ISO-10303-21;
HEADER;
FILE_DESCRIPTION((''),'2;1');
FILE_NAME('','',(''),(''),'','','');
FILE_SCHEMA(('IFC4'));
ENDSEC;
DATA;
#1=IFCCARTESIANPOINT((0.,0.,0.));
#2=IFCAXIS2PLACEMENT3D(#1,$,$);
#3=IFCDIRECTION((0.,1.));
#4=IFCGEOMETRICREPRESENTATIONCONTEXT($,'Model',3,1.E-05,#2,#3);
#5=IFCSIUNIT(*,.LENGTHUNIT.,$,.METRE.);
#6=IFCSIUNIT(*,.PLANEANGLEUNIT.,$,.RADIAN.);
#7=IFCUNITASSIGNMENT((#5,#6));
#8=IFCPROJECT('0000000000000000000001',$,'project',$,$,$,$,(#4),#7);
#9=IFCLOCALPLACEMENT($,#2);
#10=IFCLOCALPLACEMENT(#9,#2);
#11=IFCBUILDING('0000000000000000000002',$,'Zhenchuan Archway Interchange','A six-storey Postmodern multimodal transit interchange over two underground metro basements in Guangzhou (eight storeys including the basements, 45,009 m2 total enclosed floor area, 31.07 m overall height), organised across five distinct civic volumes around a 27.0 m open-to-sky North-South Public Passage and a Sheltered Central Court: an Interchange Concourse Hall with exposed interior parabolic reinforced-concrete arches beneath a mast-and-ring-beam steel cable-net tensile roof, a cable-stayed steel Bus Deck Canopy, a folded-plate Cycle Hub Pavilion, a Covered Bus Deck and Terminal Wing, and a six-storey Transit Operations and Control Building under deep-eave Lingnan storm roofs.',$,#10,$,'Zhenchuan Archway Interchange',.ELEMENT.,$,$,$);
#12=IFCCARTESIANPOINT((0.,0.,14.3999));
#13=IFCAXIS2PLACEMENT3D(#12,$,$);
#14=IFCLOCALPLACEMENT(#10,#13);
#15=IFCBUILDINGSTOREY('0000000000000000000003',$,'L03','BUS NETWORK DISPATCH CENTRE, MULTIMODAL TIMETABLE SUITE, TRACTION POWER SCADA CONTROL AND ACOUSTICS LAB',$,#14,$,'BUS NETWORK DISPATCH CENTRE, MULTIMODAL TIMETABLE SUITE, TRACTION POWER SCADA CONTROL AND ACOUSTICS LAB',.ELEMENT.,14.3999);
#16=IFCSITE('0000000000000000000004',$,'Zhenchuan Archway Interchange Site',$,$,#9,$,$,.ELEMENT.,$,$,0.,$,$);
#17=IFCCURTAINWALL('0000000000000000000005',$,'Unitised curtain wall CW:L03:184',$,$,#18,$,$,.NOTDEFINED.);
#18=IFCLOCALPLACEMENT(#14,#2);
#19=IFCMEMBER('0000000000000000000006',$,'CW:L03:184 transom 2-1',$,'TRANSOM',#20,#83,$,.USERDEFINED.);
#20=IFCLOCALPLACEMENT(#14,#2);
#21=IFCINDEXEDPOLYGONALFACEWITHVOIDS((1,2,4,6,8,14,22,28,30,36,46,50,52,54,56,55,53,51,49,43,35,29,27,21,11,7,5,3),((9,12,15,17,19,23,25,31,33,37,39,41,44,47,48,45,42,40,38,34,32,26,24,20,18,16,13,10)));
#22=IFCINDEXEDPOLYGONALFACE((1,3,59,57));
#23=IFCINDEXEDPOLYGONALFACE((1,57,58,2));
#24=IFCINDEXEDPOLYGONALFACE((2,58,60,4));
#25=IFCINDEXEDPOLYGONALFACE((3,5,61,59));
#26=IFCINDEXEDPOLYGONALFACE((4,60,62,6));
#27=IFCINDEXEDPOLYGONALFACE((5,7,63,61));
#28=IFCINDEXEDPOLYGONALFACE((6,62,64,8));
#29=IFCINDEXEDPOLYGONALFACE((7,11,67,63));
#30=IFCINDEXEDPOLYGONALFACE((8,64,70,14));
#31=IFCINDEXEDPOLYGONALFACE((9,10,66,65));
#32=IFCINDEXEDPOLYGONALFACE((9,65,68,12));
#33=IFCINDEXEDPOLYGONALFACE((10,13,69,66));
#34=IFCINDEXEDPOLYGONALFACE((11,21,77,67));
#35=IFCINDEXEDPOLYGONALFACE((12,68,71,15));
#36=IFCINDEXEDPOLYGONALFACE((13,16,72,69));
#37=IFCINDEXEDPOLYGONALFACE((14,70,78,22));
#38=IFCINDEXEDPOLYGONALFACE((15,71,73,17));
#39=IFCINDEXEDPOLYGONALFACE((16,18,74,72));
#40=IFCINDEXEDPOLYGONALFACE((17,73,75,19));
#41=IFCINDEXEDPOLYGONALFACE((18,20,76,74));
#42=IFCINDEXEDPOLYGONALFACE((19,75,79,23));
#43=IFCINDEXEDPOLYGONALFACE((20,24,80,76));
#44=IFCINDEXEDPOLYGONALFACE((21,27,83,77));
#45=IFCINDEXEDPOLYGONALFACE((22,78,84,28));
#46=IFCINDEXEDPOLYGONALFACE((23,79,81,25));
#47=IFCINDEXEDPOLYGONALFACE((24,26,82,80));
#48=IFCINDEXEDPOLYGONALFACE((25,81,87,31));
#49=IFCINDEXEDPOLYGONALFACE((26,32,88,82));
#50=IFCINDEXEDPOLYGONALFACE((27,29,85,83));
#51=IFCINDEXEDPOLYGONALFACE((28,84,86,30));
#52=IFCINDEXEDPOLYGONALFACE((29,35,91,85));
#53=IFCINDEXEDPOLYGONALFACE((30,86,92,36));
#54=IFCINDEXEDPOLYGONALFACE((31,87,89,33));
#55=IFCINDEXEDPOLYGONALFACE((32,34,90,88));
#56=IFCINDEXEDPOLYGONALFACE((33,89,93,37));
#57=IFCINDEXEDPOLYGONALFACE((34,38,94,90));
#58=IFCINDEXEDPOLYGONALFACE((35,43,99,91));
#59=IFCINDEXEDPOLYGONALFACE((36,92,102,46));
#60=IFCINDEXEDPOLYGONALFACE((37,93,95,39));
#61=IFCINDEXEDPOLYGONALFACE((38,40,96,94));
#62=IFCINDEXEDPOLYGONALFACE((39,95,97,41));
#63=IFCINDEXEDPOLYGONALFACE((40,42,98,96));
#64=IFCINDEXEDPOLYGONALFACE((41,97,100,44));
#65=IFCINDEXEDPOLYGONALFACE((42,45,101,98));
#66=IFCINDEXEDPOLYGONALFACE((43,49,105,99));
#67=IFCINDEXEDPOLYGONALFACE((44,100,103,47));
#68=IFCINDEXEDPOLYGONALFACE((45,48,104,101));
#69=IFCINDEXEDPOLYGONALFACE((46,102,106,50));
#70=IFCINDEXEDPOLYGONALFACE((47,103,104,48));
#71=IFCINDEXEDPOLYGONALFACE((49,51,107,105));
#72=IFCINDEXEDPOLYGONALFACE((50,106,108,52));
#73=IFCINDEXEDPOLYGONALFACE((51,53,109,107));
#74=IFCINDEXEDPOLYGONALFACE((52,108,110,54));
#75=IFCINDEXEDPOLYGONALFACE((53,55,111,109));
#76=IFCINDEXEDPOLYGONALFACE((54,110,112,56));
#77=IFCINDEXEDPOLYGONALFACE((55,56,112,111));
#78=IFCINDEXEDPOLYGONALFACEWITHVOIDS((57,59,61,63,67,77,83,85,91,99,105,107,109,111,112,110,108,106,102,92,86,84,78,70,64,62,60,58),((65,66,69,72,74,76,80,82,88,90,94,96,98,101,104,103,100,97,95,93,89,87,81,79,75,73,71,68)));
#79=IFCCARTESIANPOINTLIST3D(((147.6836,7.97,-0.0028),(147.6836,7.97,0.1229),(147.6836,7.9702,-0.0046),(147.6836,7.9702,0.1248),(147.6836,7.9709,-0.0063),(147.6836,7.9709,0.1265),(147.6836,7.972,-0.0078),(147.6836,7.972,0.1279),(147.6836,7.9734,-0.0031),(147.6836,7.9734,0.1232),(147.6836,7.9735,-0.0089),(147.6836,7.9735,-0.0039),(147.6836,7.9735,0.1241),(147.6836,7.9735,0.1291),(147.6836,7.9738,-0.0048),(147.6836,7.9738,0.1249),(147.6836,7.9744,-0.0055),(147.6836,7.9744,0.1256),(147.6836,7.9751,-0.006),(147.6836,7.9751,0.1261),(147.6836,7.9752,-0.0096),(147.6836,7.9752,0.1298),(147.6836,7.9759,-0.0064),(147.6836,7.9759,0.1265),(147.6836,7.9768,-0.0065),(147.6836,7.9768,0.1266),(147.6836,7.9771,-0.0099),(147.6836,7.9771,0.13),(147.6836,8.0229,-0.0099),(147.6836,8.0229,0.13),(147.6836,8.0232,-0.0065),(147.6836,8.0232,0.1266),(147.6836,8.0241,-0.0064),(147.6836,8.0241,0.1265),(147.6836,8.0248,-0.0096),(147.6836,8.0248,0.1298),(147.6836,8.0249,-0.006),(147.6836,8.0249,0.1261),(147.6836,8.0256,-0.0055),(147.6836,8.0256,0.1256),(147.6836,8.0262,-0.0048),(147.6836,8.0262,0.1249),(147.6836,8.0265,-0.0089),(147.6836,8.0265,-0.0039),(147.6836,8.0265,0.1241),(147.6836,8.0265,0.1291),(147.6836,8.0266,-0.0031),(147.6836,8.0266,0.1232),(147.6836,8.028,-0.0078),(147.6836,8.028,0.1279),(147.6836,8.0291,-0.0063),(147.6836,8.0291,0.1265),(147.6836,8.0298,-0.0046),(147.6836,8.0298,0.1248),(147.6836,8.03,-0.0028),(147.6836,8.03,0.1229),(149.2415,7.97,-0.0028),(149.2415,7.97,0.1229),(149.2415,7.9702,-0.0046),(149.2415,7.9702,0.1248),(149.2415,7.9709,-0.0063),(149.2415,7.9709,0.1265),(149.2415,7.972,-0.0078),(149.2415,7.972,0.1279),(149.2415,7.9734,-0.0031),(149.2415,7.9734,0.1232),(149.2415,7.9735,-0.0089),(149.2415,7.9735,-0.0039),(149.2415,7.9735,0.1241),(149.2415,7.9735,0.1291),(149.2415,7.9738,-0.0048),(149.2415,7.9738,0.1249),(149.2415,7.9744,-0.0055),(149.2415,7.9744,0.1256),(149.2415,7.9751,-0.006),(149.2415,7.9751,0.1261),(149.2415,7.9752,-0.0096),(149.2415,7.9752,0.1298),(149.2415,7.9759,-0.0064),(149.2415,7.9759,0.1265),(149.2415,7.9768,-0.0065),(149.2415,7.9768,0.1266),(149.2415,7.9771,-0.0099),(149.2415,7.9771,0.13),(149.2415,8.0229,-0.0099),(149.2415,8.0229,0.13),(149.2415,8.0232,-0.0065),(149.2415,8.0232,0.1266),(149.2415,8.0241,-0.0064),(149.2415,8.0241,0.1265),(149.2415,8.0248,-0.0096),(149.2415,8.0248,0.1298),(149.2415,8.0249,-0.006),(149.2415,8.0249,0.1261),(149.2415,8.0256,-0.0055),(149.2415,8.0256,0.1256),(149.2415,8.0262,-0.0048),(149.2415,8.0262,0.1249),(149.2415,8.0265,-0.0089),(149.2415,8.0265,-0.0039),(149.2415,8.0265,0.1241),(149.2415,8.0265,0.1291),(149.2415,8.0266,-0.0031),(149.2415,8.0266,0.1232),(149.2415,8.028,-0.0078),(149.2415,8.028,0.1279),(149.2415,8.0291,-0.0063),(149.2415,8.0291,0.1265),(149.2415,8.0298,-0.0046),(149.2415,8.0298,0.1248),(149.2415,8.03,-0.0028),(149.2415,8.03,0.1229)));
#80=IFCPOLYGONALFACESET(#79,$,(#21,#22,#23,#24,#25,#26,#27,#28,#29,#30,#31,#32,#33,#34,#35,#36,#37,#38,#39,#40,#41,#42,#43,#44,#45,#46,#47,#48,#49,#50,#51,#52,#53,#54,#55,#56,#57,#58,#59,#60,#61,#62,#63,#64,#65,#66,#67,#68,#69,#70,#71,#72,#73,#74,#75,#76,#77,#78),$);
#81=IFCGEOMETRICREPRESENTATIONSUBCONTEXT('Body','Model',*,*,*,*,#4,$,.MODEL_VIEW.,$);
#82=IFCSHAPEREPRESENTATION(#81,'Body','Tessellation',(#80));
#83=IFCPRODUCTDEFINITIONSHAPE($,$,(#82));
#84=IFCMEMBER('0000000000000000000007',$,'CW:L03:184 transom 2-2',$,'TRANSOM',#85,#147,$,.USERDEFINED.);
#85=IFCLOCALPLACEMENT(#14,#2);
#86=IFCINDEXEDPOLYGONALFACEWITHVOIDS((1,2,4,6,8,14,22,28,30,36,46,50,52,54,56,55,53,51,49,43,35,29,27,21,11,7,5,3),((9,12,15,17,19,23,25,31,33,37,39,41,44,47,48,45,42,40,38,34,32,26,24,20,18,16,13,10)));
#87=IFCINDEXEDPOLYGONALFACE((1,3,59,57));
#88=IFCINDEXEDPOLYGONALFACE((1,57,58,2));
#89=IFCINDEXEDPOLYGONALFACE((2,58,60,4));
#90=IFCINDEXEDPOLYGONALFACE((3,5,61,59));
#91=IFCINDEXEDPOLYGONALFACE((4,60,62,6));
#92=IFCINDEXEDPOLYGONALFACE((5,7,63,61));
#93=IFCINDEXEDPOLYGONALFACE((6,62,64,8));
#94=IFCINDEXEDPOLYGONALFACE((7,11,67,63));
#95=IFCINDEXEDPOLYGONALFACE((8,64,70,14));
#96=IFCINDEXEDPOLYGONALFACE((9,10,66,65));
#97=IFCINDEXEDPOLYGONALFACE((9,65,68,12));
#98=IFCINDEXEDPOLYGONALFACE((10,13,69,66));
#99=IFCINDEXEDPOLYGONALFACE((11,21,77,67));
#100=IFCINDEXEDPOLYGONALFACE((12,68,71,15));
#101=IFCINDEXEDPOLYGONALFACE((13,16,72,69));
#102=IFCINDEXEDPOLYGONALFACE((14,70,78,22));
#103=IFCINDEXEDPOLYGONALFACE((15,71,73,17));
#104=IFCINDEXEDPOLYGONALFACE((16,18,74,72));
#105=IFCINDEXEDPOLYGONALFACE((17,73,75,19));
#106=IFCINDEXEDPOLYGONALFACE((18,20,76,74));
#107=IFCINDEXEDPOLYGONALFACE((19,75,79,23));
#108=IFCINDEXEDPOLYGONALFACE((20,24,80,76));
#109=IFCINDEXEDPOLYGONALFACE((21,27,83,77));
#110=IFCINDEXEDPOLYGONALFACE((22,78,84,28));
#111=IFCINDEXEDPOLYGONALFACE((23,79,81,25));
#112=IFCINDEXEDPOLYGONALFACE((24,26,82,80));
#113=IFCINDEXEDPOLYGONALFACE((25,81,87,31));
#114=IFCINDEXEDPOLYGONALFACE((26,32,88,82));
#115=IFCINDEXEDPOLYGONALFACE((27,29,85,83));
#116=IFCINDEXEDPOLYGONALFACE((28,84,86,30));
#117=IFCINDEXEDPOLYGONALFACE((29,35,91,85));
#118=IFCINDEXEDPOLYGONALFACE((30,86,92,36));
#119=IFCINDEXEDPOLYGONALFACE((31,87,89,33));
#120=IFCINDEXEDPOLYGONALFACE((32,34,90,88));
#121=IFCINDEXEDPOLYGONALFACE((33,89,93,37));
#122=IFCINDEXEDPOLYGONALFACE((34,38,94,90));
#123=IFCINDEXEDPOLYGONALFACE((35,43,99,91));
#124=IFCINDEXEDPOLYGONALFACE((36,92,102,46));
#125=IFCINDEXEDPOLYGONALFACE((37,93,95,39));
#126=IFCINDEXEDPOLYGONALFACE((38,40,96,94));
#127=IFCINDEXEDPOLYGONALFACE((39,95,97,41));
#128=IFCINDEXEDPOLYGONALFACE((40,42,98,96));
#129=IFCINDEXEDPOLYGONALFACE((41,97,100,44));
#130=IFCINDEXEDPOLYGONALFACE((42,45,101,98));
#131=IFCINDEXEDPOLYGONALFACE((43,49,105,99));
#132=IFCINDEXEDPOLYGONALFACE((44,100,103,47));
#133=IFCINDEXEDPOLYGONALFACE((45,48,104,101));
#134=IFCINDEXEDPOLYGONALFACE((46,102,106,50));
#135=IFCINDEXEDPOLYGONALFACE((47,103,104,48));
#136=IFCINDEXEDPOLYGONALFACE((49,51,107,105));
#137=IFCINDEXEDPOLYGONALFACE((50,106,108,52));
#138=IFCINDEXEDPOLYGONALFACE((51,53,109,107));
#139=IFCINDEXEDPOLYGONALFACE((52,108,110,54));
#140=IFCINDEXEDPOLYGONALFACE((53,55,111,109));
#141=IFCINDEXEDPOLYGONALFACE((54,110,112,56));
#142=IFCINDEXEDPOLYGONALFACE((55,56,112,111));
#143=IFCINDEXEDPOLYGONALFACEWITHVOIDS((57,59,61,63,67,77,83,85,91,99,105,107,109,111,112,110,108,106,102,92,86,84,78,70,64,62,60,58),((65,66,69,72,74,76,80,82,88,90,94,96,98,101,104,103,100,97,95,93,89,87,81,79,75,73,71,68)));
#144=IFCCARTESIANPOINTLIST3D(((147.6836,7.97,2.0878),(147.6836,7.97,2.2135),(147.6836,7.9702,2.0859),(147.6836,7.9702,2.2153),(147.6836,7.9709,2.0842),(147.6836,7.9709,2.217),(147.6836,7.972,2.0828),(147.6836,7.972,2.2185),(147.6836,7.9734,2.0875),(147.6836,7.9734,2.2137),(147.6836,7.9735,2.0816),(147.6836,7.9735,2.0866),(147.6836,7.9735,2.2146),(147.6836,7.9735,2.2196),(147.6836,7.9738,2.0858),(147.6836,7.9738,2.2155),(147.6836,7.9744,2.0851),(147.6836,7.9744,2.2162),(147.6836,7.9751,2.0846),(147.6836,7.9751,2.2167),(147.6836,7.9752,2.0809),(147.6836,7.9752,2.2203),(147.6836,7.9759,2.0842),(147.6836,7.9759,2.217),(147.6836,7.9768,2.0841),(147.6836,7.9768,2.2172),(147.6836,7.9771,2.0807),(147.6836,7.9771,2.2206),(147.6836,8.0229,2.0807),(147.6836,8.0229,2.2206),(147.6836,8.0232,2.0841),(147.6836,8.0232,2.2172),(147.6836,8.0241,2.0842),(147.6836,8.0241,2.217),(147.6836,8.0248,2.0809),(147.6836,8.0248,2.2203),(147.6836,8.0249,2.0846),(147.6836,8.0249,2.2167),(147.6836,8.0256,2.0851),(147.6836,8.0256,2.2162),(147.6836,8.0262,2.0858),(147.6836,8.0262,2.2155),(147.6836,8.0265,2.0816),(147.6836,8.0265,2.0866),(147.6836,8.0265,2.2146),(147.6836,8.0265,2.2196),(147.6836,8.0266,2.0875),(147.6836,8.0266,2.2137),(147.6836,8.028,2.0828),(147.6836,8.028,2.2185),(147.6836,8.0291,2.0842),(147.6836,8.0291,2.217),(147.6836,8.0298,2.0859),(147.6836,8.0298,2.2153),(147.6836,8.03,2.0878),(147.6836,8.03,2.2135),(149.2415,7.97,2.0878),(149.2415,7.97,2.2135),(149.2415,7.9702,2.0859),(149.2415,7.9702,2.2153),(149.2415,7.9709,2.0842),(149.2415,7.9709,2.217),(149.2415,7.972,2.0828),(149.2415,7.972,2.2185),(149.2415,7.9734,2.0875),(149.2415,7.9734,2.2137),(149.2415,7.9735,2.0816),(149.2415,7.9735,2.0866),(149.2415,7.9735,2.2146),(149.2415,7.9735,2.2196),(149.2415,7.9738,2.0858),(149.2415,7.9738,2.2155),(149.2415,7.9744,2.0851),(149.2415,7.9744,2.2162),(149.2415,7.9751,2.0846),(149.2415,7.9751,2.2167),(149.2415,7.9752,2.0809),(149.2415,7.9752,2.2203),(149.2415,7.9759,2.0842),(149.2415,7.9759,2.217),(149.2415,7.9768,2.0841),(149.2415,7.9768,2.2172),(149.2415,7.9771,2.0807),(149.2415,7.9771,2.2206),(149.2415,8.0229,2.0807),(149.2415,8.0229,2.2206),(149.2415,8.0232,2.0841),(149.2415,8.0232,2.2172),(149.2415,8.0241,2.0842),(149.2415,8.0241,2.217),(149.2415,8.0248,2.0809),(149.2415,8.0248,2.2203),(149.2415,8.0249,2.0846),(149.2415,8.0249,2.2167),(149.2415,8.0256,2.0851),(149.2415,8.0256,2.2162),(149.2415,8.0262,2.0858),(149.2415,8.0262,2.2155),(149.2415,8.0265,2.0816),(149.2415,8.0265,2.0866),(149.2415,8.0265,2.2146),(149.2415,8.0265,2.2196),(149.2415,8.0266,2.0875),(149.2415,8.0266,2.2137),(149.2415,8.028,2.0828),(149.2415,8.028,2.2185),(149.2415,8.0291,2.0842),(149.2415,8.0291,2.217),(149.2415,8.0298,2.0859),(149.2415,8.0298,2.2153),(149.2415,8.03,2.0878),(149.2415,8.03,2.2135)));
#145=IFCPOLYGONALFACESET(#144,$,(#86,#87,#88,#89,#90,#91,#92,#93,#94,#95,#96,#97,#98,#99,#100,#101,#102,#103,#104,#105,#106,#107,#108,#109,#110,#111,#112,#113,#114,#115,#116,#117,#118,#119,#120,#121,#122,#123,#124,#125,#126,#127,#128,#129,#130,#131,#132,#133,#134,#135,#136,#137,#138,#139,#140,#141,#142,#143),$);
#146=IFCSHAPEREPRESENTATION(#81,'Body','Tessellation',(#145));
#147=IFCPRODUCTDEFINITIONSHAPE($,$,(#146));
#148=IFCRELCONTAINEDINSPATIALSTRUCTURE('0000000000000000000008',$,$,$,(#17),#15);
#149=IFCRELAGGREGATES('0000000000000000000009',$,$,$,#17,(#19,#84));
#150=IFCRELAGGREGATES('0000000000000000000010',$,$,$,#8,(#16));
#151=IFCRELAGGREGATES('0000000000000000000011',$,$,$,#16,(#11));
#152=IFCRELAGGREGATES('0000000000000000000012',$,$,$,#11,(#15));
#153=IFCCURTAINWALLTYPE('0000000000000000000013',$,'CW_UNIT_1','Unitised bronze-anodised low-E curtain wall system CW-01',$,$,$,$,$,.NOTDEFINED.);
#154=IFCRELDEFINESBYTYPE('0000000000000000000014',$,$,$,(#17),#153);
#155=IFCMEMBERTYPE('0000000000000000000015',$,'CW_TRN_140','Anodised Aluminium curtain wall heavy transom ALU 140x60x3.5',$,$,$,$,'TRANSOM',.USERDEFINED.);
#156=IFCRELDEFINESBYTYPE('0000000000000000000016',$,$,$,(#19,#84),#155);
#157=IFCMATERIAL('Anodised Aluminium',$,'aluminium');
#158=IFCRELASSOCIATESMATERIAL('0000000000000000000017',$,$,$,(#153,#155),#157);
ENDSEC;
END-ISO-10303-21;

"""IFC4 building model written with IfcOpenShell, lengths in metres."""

from ifc_helpers import new_model, si_unit, direction, frame, origin, origin_2d, place, context, subcontext, project, spatial, hollow_rectangle, extrude, material, material_profile, profile_set, type_object, element, aggregate, save


model = new_model("IFC4")

# Units and contexts
model_context = context("Model", 3, precision=1e-05, world=origin(), true_north=direction((0.0, 1.0)))
body_context = subcontext(model_context, "Body", "Model", "MODEL_VIEW")
ifc_project = project(units=[si_unit("LENGTHUNIT", "METRE"), si_unit("PLANEANGLEUNIT", "RADIAN")], contexts=[model_context])

# Site, building, storey
site_placement = place(None, origin())
site = spatial("IfcSite", under=ifc_project, at=site_placement, Name="Zhenchuan Archway Interchange Site", CompositionType="ELEMENT", RefElevation=0.0)
building_placement = place(site_placement, origin())
building = spatial("IfcBuilding", under=site, at=building_placement, Name="Zhenchuan Archway Interchange", Description="A six-storey Postmodern multimodal transit interchange over two underground metro basements in Guangzhou (eight storeys including the basements, 45,009 m2 total enclosed floor area, 31.07 m overall height), organised across five distinct civic volumes around a 27.0 m open-to-sky North-South Public Passage and a Sheltered Central Court: an Interchange Concourse Hall with exposed interior parabolic reinforced-concrete arches beneath a mast-and-ring-beam steel cable-net tensile roof, a cable-stayed steel Bus Deck Canopy, a folded-plate Cycle Hub Pavilion, a Covered Bus Deck and Terminal Wing, and a six-storey Transit Operations and Control Building under deep-eave Lingnan storm roofs.", LongName="Zhenchuan Archway Interchange", CompositionType="ELEMENT")
storey_placement = place(building_placement, frame((0.0, 0.0, 14.3999)))
storey = spatial("IfcBuildingStorey", under=building, at=storey_placement, Name="L03", Description="BUS NETWORK DISPATCH CENTRE, MULTIMODAL TIMETABLE SUITE, TRACTION POWER SCADA CONTROL AND ACOUSTICS LAB", LongName="BUS NETWORK DISPATCH CENTRE, MULTIMODAL TIMETABLE SUITE, TRACTION POWER SCADA CONTROL AND ACOUSTICS LAB", CompositionType="ELEMENT", Elevation=14.3999)

# Curtain wall, members
ifc_material_1 = material(Name="Anodised Aluminium", Category="aluminium")
curtain_wall_type = type_object("IfcCurtainWallType", Name="CW_UNIT_1", Description="Unitised bronze-anodised low-E curtain wall system CW-01", PredefinedType="NOTDEFINED", material=ifc_material_1)
curtain_wall_placement = place(storey_placement, origin())
curtain_wall = element("IfcCurtainWall", 1, at=curtain_wall_placement, inside=storey, type_object=curtain_wall_type, Name="Unitised curtain wall CW:L03:184", PredefinedType="NOTDEFINED")
ifc_material_profile_1 = material_profile(ifc_material_1, hollow_rectangle(XDim=0.0601, YDim=0.1399, WallThickness=0.0034, InnerFilletRadius=0.0034, OuterFilletRadius=0.0071, at=origin_2d()), Name="ALU 140x60x3.5")
ifc_profile_set_1 = profile_set([ifc_material_profile_1], Name="Anodised Aluminium")
member_type_1 = type_object("IfcMemberType", Name="CW_TRN_140", Description="Anodised Aluminium curtain wall heavy transom ALU 140x60x3.5", ElementType="TRANSOM", PredefinedType="USERDEFINED", material=ifc_profile_set_1)
member_1_placement = place(storey_placement, frame((149.2415, 8.0, 0.0601), z_axis=(-1.0, 0.0, 0.0), x_axis=(0.0, -1.0, 0.0)))
member_1 = element("IfcMember", 2, at=member_1_placement, type_object=member_type_1, Name="CW:L03:184 transom 2-1", ObjectType="TRANSOM", PredefinedType="USERDEFINED", context=body_context, shape_type="SweptSolid", body=[
    extrude(hollow_rectangle(XDim=0.0601, YDim=0.1399, WallThickness=0.0034, InnerFilletRadius=0.0034, OuterFilletRadius=0.0071, at=origin_2d()), origin(), (0.0, 0.0, 1.0), 1.5579),
])
member_2_placement = place(storey_placement, frame((149.2415, 8.0, 2.1506), z_axis=(-1.0, 0.0, 0.0), x_axis=(0.0, -1.0, 0.0)))
member_2 = element("IfcMember", 3, at=member_2_placement, type_object=member_type_1, Name="CW:L03:184 transom 2-2", ObjectType="TRANSOM", PredefinedType="USERDEFINED", context=body_context, shape_type="SweptSolid", body=[
    extrude(hollow_rectangle(XDim=0.0601, YDim=0.1399, WallThickness=0.0034, InnerFilletRadius=0.0034, OuterFilletRadius=0.0071, at=origin_2d()), origin(), (0.0, 0.0, 1.0), 1.5579),
])

aggregate(curtain_wall, [member_1, member_2])

save(model, "model.ifc")
